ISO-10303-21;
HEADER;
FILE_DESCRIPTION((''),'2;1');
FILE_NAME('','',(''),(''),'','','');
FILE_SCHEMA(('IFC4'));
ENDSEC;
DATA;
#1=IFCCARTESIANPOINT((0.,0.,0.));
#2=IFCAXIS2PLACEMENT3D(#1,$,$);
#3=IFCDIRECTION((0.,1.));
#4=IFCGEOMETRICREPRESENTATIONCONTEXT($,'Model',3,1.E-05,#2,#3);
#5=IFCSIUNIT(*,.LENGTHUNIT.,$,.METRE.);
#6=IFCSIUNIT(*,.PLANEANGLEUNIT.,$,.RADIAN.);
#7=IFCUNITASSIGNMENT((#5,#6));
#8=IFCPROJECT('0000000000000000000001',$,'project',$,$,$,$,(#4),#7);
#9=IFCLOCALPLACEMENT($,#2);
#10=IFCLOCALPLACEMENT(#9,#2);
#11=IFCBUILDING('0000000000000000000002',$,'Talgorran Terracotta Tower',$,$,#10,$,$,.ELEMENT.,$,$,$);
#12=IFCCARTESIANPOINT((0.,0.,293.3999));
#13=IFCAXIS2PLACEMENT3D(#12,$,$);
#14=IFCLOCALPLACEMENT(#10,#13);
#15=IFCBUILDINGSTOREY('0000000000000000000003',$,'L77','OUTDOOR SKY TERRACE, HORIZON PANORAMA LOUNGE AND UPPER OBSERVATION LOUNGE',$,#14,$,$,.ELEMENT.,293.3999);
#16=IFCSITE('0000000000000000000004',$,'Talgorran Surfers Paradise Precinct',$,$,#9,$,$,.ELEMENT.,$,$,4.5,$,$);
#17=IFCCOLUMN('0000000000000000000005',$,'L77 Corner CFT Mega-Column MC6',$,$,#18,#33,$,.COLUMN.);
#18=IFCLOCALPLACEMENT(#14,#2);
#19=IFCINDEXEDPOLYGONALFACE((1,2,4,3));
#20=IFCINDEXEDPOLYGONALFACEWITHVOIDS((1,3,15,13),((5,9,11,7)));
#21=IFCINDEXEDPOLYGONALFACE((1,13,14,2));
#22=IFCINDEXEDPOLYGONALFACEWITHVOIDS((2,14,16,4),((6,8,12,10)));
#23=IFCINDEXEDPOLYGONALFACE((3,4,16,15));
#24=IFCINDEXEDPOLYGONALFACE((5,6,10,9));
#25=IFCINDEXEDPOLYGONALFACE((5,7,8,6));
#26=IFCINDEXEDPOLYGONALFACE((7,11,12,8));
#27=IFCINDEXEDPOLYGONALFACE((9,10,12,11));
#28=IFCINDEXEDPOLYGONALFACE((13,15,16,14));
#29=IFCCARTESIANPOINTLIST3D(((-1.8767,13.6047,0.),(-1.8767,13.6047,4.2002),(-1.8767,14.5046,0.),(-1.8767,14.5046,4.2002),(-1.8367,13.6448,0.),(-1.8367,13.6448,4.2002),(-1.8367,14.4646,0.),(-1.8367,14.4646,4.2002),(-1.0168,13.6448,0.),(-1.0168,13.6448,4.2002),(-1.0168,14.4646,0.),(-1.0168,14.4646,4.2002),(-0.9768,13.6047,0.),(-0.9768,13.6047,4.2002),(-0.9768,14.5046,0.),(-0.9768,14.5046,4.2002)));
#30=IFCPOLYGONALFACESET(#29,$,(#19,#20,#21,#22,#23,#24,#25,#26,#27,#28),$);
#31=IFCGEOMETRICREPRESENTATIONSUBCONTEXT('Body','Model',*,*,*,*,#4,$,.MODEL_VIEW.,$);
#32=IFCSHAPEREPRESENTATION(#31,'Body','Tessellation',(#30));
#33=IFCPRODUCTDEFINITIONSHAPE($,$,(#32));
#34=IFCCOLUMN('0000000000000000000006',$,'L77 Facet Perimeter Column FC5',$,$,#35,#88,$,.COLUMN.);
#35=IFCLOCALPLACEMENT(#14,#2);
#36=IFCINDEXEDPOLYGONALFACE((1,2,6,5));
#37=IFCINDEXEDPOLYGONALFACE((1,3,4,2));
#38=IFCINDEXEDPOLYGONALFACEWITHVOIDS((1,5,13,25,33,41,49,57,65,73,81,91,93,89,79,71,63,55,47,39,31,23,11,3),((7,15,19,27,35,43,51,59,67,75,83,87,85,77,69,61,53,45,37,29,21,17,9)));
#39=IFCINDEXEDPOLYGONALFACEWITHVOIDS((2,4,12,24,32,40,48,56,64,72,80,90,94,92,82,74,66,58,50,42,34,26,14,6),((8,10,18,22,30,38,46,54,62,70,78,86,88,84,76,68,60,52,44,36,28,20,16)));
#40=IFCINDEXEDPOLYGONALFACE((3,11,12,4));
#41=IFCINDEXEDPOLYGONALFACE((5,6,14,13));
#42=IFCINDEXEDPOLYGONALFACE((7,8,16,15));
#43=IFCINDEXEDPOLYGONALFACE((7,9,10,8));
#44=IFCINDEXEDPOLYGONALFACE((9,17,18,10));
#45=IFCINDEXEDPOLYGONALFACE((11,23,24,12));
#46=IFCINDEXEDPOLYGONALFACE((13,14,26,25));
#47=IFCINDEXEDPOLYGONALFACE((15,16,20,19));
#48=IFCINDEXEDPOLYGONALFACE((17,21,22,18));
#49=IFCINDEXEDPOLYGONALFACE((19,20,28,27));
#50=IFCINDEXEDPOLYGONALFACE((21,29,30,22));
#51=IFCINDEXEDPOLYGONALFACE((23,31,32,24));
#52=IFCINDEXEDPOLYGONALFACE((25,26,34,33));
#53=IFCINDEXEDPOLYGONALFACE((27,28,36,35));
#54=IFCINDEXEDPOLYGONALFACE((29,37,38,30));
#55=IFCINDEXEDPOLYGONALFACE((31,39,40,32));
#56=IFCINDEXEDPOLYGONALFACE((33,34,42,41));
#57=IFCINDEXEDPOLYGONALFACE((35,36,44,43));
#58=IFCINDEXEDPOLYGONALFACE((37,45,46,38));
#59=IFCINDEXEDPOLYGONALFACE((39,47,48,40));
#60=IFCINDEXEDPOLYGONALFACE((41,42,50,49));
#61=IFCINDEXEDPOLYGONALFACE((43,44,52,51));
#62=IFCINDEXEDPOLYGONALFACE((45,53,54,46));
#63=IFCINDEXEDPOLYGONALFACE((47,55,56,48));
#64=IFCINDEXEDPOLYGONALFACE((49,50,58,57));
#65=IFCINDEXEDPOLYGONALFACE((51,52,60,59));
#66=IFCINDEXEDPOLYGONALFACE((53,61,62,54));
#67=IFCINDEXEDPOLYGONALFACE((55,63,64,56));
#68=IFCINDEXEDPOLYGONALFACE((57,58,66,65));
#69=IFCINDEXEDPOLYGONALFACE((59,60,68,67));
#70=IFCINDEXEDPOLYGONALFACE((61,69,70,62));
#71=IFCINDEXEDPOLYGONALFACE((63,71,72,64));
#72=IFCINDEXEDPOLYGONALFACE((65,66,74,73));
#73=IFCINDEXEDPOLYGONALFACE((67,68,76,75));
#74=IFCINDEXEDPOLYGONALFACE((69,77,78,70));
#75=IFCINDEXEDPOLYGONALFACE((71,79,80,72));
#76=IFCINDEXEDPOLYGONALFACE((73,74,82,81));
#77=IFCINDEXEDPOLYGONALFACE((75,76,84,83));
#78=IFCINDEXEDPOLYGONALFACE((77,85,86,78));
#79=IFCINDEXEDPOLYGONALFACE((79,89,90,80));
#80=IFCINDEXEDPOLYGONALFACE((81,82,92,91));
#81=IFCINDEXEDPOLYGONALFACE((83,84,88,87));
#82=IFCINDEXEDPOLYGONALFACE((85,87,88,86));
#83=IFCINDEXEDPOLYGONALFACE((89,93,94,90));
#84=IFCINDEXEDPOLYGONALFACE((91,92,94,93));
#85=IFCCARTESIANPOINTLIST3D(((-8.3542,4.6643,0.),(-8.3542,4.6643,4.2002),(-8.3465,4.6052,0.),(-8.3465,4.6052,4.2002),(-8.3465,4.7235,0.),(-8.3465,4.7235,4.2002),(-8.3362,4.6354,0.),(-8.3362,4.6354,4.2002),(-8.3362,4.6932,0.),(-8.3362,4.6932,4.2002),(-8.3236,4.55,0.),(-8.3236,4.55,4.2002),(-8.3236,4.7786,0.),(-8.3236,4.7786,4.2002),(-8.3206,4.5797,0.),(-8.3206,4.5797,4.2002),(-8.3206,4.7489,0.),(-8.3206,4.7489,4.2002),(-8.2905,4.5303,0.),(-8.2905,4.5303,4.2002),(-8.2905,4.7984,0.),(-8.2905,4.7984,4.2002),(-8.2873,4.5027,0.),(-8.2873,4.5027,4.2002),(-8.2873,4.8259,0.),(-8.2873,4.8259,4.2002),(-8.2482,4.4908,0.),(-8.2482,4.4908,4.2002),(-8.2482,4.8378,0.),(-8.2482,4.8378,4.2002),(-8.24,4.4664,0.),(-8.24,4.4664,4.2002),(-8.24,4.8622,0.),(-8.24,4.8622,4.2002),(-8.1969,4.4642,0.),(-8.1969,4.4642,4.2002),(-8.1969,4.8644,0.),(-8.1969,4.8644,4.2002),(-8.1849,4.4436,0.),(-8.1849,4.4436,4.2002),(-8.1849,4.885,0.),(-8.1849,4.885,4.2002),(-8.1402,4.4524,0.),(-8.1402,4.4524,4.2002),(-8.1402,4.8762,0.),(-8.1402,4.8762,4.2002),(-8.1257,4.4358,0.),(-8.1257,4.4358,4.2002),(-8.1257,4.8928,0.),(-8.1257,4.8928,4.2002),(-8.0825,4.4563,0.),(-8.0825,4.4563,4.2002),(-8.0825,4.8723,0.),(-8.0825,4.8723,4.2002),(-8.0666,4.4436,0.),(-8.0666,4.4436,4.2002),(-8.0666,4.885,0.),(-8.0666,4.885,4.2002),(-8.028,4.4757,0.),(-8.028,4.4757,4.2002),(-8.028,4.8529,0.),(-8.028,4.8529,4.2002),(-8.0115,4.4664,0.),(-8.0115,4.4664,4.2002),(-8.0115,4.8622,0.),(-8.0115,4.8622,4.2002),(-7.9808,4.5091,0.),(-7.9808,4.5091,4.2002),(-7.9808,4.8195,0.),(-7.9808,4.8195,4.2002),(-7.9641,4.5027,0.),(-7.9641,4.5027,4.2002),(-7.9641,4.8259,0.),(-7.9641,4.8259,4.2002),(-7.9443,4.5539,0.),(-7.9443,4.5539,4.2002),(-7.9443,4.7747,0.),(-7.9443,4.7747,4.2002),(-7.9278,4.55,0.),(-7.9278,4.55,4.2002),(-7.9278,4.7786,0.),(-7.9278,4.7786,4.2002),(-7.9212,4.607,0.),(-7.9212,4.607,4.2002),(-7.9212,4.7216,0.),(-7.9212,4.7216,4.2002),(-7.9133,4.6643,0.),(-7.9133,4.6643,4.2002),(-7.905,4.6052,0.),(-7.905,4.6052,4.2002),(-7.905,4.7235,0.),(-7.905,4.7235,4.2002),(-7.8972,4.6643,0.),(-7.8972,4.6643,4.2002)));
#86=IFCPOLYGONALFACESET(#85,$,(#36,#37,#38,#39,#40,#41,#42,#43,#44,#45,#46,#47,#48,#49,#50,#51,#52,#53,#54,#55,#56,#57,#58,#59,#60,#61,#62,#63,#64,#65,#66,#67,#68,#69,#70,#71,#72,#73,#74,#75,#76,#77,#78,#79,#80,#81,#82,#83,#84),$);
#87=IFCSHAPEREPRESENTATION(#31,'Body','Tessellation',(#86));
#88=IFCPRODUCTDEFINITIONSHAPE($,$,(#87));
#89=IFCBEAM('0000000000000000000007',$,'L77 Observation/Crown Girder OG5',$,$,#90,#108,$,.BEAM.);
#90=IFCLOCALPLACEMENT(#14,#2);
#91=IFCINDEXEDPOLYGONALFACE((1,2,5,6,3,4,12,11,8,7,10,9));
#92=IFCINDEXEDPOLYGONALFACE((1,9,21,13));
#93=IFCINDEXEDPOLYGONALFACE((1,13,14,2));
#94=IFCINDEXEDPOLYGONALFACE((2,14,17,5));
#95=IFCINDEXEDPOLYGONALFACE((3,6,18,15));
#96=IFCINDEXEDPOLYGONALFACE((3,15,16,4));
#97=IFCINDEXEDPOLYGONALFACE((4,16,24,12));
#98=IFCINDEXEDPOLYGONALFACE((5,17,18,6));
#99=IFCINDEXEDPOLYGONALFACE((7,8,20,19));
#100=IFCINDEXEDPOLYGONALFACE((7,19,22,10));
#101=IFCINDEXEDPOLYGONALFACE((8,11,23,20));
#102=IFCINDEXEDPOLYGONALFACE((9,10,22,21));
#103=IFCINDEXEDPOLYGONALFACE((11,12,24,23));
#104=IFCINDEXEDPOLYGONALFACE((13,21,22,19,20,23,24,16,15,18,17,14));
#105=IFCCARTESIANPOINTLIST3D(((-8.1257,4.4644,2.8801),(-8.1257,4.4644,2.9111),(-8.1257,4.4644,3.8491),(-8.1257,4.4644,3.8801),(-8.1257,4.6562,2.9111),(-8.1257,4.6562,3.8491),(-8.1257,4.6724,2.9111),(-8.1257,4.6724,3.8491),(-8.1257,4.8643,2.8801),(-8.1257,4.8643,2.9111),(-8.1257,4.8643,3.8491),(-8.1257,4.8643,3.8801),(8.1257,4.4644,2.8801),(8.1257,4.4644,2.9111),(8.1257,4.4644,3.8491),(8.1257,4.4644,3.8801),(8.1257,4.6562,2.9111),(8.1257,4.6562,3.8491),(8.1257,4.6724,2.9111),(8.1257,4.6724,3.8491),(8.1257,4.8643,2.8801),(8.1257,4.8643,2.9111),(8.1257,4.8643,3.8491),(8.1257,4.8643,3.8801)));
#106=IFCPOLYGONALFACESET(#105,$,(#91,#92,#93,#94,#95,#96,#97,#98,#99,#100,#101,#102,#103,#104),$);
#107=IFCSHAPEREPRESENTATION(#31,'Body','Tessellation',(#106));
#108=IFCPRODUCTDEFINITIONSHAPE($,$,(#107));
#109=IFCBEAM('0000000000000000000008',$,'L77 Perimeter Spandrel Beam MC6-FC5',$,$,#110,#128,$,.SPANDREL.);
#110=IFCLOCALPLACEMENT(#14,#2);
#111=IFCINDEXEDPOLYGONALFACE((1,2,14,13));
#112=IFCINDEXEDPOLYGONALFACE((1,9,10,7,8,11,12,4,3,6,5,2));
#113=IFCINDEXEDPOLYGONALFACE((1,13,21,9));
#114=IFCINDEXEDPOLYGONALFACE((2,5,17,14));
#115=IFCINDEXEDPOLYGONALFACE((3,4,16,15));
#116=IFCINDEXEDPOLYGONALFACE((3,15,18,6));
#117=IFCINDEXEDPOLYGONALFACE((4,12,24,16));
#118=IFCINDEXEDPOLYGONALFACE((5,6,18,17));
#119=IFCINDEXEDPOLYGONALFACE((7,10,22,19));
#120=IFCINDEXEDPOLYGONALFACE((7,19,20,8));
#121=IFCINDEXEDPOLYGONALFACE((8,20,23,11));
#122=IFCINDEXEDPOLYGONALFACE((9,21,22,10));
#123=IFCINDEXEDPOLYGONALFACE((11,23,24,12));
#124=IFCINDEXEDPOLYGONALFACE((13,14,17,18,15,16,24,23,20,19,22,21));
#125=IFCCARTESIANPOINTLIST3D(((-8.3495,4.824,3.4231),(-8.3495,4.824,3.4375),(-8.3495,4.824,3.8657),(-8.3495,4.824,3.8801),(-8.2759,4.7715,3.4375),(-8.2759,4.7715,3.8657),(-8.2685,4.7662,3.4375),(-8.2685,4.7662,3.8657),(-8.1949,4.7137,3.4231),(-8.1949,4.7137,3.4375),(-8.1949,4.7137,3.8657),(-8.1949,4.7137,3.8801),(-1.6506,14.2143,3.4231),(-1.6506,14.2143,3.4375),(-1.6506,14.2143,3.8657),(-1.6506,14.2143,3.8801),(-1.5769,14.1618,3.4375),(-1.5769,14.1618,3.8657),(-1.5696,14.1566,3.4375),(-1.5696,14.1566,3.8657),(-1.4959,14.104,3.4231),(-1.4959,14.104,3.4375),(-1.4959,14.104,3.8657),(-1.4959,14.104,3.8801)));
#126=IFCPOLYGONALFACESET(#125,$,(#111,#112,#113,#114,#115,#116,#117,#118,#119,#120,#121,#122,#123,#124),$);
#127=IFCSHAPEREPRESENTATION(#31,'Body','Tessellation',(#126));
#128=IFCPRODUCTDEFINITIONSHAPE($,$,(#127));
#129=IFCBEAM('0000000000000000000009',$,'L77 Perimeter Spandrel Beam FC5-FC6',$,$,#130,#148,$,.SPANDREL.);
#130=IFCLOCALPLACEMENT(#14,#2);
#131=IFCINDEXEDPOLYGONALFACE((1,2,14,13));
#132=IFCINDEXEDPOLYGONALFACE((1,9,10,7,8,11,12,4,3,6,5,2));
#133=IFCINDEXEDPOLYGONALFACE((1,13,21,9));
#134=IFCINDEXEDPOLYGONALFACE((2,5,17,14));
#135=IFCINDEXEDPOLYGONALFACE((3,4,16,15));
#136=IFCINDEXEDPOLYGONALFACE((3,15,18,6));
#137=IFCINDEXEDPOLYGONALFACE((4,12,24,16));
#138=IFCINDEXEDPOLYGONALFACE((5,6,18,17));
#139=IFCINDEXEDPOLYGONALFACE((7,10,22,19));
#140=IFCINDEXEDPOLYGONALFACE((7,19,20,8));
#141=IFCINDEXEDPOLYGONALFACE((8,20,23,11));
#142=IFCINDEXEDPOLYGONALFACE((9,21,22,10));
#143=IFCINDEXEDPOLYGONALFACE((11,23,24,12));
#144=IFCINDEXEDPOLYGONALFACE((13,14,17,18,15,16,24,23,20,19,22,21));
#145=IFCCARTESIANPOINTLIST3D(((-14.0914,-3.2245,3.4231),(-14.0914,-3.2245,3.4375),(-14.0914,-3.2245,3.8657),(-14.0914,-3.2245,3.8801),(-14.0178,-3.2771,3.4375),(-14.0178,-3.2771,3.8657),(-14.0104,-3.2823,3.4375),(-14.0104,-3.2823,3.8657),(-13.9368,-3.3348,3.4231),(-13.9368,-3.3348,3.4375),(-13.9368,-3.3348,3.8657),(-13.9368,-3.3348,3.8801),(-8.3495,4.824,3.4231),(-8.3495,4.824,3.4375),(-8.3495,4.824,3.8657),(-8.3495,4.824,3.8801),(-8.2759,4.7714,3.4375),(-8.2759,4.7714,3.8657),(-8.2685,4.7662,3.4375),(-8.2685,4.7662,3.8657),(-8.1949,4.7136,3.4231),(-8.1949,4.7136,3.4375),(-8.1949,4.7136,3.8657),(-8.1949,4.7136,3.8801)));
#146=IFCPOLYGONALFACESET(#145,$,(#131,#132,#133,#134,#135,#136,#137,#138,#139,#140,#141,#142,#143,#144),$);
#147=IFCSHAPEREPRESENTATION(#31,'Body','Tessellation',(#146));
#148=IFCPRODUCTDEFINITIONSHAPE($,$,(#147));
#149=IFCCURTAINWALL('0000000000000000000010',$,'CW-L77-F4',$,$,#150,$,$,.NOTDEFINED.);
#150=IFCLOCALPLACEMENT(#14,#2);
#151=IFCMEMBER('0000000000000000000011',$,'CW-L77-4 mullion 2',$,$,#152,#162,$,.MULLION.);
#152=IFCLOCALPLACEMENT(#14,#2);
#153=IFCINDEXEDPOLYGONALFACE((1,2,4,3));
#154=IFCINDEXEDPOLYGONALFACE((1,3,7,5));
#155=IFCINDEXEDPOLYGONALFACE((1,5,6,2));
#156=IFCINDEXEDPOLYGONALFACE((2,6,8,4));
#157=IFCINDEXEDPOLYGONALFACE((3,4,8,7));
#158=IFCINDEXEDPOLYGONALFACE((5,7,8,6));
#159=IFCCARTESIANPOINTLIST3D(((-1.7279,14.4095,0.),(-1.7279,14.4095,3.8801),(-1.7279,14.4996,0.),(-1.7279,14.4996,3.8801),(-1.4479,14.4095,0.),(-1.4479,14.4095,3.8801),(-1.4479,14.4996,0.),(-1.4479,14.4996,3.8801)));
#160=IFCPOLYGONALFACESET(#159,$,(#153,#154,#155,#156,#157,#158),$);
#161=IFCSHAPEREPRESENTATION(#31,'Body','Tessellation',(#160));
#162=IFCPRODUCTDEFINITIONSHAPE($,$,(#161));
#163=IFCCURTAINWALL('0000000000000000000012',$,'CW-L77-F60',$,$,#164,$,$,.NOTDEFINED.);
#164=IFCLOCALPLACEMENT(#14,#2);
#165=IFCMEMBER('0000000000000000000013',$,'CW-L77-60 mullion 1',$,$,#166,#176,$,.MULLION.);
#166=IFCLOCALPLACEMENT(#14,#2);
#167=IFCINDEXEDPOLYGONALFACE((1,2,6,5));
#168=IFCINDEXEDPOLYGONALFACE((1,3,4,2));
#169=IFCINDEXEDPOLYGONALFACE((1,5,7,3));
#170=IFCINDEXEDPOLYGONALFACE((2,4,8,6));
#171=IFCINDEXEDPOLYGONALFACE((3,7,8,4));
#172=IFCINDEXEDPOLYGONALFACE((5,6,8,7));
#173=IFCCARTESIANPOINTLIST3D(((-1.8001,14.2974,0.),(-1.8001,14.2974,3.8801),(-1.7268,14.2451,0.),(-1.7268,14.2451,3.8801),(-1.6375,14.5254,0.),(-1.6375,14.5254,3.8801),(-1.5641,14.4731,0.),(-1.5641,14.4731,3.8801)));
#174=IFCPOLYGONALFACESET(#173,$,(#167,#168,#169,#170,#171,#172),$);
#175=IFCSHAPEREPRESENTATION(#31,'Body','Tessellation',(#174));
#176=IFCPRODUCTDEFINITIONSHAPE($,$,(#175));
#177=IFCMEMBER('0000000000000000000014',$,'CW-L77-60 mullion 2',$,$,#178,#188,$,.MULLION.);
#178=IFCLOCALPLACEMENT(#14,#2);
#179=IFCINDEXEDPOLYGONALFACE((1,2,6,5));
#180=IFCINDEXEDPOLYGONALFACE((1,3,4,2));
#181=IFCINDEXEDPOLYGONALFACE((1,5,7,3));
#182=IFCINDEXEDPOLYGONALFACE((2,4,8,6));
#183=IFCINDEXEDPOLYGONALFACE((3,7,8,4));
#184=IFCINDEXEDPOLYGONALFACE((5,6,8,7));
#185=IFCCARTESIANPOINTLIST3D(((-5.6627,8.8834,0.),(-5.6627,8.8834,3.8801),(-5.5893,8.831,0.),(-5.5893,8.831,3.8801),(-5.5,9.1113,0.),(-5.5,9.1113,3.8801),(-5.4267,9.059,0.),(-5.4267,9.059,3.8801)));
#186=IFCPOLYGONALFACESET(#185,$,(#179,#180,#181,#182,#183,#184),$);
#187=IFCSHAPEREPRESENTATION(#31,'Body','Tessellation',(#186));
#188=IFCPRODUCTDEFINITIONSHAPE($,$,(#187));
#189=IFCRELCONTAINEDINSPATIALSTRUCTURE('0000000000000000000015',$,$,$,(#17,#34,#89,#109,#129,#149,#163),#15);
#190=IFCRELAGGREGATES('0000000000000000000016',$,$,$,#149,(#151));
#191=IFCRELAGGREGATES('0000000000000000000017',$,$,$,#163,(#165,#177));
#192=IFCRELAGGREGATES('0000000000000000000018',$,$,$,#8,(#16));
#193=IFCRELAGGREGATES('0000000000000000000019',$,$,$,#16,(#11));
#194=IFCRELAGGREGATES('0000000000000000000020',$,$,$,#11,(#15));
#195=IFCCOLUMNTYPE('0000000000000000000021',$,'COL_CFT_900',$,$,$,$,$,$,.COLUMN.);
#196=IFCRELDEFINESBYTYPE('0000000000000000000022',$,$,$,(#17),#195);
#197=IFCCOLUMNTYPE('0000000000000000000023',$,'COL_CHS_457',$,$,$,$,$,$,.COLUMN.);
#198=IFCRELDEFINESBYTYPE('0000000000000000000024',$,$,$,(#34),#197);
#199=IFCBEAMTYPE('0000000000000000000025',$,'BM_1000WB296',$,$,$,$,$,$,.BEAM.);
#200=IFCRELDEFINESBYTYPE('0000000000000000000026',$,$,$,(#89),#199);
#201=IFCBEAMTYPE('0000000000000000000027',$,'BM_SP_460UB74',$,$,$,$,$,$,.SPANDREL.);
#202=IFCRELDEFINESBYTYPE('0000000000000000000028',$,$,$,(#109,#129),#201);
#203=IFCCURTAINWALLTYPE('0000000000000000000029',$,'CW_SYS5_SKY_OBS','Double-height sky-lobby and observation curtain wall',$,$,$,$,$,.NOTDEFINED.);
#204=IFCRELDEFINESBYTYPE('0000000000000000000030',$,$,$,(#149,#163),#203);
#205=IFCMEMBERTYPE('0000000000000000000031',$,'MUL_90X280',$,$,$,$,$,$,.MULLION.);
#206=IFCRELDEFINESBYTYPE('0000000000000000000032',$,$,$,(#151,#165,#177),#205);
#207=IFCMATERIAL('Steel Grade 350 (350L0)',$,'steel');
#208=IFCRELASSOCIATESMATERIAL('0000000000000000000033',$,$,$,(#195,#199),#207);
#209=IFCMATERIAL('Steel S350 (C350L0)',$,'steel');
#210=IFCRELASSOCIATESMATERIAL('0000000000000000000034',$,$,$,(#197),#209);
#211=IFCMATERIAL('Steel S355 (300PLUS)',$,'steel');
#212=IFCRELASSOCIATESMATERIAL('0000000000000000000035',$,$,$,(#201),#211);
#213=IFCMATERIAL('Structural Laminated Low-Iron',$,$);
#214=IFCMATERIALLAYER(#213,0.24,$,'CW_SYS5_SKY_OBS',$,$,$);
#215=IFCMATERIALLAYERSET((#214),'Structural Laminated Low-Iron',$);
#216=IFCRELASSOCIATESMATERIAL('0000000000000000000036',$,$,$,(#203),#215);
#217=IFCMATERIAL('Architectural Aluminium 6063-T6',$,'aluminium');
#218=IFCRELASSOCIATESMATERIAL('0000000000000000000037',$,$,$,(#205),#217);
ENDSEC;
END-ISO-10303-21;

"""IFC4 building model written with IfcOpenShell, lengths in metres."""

from ifc_helpers import new_model, si_unit, direction, frame, origin, origin_2d, place, context, subcontext, project, spatial, rectangle, hollow_rectangle, hollow_circle, i_section, extrude, material, layer, layer_set, material_profile, profile_set, type_object, element, aggregate, save


model = new_model("IFC4")

# Units and contexts
model_context = context("Model", 3, precision=1e-05, world=origin(), true_north=direction((0.0, 1.0)))
body_context = subcontext(model_context, "Body", "Model", "MODEL_VIEW")
ifc_project = project(units=[si_unit("LENGTHUNIT", "METRE"), si_unit("PLANEANGLEUNIT", "RADIAN")], contexts=[model_context])

# Site, building, storey
site_placement = place(None, origin())
site = spatial("IfcSite", under=ifc_project, at=site_placement, Name="Talgorran Surfers Paradise Precinct", CompositionType="ELEMENT", RefElevation=4.5)
building_placement = place(site_placement, origin())
building = spatial("IfcBuilding", under=site, at=building_placement, Name="Talgorran Terracotta Tower", CompositionType="ELEMENT")
storey_placement = place(building_placement, frame((0.0, 0.0, 293.3999)))
storey = spatial("IfcBuildingStorey", under=building, at=storey_placement, Name="L77", Description="OUTDOOR SKY TERRACE, HORIZON PANORAMA LOUNGE AND UPPER OBSERVATION LOUNGE", CompositionType="ELEMENT", Elevation=293.3999)

# Columns
ifc_material_1 = material(Name="Steel Grade 350 (350L0)", Category="steel")
ifc_material_profile_1 = material_profile(ifc_material_1, hollow_rectangle(XDim=0.8999, YDim=0.8999, WallThickness=0.04, at=origin_2d()), Name="CFT900X900X40")
ifc_profile_set_1 = profile_set([ifc_material_profile_1], Name="Steel Grade 350 (350L0)")
column_type_1 = type_object("IfcColumnType", Name="COL_CFT_900", PredefinedType="COLUMN", material=ifc_profile_set_1)
column_1_placement = place(storey_placement, frame((-1.4268, 14.0547, 0.0), z_axis=(0.0, 0.0, 1.0), x_axis=(1.0, 0.0, 0.0)))
element("IfcColumn", 1, at=column_1_placement, inside=storey, type_object=column_type_1, Name="L77 Corner CFT Mega-Column MC6", PredefinedType="COLUMN", context=body_context, shape_type="SweptSolid", body=[
    extrude(hollow_rectangle(XDim=0.8999, YDim=0.8999, WallThickness=0.04, at=origin_2d()), origin(), (0.0, 0.0, 1.0), 4.2002),
])
ifc_material_2 = material(Name="Steel S350 (C350L0)", Category="steel")
ifc_material_profile_2 = material_profile(ifc_material_2, hollow_circle(Radius=0.2285, WallThickness=0.0161, at=origin_2d()), Name="CHS457X16")
ifc_profile_set_2 = profile_set([ifc_material_profile_2], Name="Steel S350 (C350L0)")
column_type_2 = type_object("IfcColumnType", Name="COL_CHS_457", PredefinedType="COLUMN", material=ifc_profile_set_2)
column_2_placement = place(storey_placement, frame((-8.1257, 4.6643, 0.0), z_axis=(0.0, 0.0, 1.0), x_axis=(1.0, 0.0, 0.0)))
element("IfcColumn", 2, at=column_2_placement, inside=storey, type_object=column_type_2, Name="L77 Facet Perimeter Column FC5", PredefinedType="COLUMN", context=body_context, shape_type="SweptSolid", body=[
    extrude(hollow_circle(Radius=0.2285, WallThickness=0.0161, at=origin_2d()), origin(), (0.0, 0.0, 1.0), 4.2002),
])

# Beams
ifc_material_profile_3 = material_profile(ifc_material_1, i_section(OverallWidth=0.3999, OverallDepth=1.0, WebThickness=0.0161, FlangeThickness=0.031, at=origin_2d()), Name="1000WB296")
ifc_profile_set_3 = profile_set([ifc_material_profile_3], Name="Steel Grade 350 (350L0)")
beam_type_1 = type_object("IfcBeamType", Name="BM_1000WB296", PredefinedType="BEAM", material=ifc_profile_set_3)
beam_1_placement = place(storey_placement, frame((-8.1257, 4.6643, 3.3801), z_axis=(1.0, 0.0, 0.0), x_axis=(0.0, 1.0, 0.0)))
element("IfcBeam", 3, at=beam_1_placement, inside=storey, type_object=beam_type_1, Name="L77 Observation/Crown Girder OG5", PredefinedType="BEAM", context=body_context, shape_type="SweptSolid", body=[
    extrude(i_section(OverallWidth=0.3999, OverallDepth=1.0, WebThickness=0.0161, FlangeThickness=0.031, at=origin_2d()), origin(), (0.0, 0.0, 1.0), 16.2515),
])
ifc_material_3 = material(Name="Steel S355 (300PLUS)", Category="steel")
ifc_material_profile_4 = material_profile(ifc_material_3, i_section(OverallWidth=0.1899, OverallDepth=0.457, WebThickness=0.009, FlangeThickness=0.0144, at=origin_2d()), Name="460UB74.6")
ifc_profile_set_4 = profile_set([ifc_material_profile_4], Name="Steel S355 (300PLUS)")
beam_type_2 = type_object("IfcBeamType", Name="BM_SP_460UB74", PredefinedType="SPANDREL", material=ifc_profile_set_4)
beam_2_placement = place(storey_placement, frame((-1.5732, 14.1592, 3.6516), z_axis=(-0.580754, -0.814079, 0.0), x_axis=(0.814079, -0.580754, 0.0)))
element("IfcBeam", 4, at=beam_2_placement, inside=storey, type_object=beam_type_2, Name="L77 Perimeter Spandrel Beam MC6-FC5", PredefinedType="SPANDREL", context=body_context, shape_type="SweptSolid", body=[
    extrude(i_section(OverallWidth=0.1899, OverallDepth=0.457, WebThickness=0.009, FlangeThickness=0.0144, at=origin_2d()), origin(), (0.0, 0.0, 1.0), 11.5349),
])
beam_3_placement = place(storey_placement, frame((-8.2722, 4.7688, 3.6516), z_axis=(-0.580766, -0.81407, 0.0), x_axis=(0.81407, -0.580766, 0.0)))
element("IfcBeam", 5, at=beam_3_placement, inside=storey, type_object=beam_type_2, Name="L77 Perimeter Spandrel Beam FC5-FC6", PredefinedType="SPANDREL", context=body_context, shape_type="SweptSolid", body=[
    extrude(i_section(OverallWidth=0.1899, OverallDepth=0.457, WebThickness=0.009, FlangeThickness=0.0144, at=origin_2d()), origin(), (0.0, 0.0, 1.0), 9.8867),
])

# Curtain wall, member
ifc_material_4 = material(Name="Structural Laminated Low-Iron")
ifc_layer_1 = layer(ifc_material_4, 0.24, Name="CW_SYS5_SKY_OBS")
ifc_layer_set_1 = layer_set([ifc_layer_1], Name="Structural Laminated Low-Iron")
curtain_wall_type = type_object("IfcCurtainWallType", Name="CW_SYS5_SKY_OBS", Description="Double-height sky-lobby and observation curtain wall", PredefinedType="NOTDEFINED", material=ifc_layer_set_1)
curtain_wall_1_placement = place(storey_placement, origin())
curtain_wall_1 = element("IfcCurtainWall", 6, at=curtain_wall_1_placement, inside=storey, type_object=curtain_wall_type, Name="CW-L77-F4", PredefinedType="NOTDEFINED")
ifc_material_5 = material(Name="Architectural Aluminium 6063-T6", Category="aluminium")
ifc_material_profile_5 = material_profile(ifc_material_5, rectangle(XDim=0.0901, YDim=0.28, at=origin_2d()), Name="CWM90X280")
ifc_profile_set_5 = profile_set([ifc_material_profile_5], Name="Architectural Aluminium 6063-T6")
member_type_1 = type_object("IfcMemberType", Name="MUL_90X280", PredefinedType="MULLION", material=ifc_profile_set_5)
member_1_placement = place(storey_placement, frame((-1.5879, 14.4546, 0.0), z_axis=(0.0, 0.0, 1.0), x_axis=(0.0, -1.0, 0.0)))
member_1 = element("IfcMember", 7, at=member_1_placement, type_object=member_type_1, Name="CW-L77-4 mullion 2", PredefinedType="MULLION", context=body_context, shape_type="SweptSolid", body=[
    extrude(rectangle(XDim=0.0901, YDim=0.28, at=origin_2d()), origin(), (0.0, 0.0, 1.0), 3.8801),
])
aggregate(curtain_wall_1, [member_1])

# Curtain wall, members
curtain_wall_2_placement = place(storey_placement, origin())
curtain_wall_2 = element("IfcCurtainWall", 8, at=curtain_wall_2_placement, inside=storey, type_object=curtain_wall_type, Name="CW-L77-F60", PredefinedType="NOTDEFINED")
member_2_placement = place(storey_placement, frame((-1.6821, 14.3853, 0.0), z_axis=(0.0, 0.0, 1.0), x_axis=(0.814072, -0.580763, 0.0)))
member_2 = element("IfcMember", 9, at=member_2_placement, type_object=member_type_1, Name="CW-L77-60 mullion 1", PredefinedType="MULLION", context=body_context, shape_type="SweptSolid", body=[
    extrude(rectangle(XDim=0.0901, YDim=0.28, at=origin_2d()), origin(), (0.0, 0.0, 1.0), 3.8801),
])
member_3_placement = place(storey_placement, frame((-5.5447, 8.9712, 0.0), z_axis=(0.0, 0.0, 1.0), x_axis=(0.814072, -0.580763, 0.0)))
member_3 = element("IfcMember", 10, at=member_3_placement, type_object=member_type_1, Name="CW-L77-60 mullion 2", PredefinedType="MULLION", context=body_context, shape_type="SweptSolid", body=[
    extrude(rectangle(XDim=0.0901, YDim=0.28, at=origin_2d()), origin(), (0.0, 0.0, 1.0), 3.8801),
])

aggregate(curtain_wall_2, [member_2, member_3])

save(model, "model.ifc")
